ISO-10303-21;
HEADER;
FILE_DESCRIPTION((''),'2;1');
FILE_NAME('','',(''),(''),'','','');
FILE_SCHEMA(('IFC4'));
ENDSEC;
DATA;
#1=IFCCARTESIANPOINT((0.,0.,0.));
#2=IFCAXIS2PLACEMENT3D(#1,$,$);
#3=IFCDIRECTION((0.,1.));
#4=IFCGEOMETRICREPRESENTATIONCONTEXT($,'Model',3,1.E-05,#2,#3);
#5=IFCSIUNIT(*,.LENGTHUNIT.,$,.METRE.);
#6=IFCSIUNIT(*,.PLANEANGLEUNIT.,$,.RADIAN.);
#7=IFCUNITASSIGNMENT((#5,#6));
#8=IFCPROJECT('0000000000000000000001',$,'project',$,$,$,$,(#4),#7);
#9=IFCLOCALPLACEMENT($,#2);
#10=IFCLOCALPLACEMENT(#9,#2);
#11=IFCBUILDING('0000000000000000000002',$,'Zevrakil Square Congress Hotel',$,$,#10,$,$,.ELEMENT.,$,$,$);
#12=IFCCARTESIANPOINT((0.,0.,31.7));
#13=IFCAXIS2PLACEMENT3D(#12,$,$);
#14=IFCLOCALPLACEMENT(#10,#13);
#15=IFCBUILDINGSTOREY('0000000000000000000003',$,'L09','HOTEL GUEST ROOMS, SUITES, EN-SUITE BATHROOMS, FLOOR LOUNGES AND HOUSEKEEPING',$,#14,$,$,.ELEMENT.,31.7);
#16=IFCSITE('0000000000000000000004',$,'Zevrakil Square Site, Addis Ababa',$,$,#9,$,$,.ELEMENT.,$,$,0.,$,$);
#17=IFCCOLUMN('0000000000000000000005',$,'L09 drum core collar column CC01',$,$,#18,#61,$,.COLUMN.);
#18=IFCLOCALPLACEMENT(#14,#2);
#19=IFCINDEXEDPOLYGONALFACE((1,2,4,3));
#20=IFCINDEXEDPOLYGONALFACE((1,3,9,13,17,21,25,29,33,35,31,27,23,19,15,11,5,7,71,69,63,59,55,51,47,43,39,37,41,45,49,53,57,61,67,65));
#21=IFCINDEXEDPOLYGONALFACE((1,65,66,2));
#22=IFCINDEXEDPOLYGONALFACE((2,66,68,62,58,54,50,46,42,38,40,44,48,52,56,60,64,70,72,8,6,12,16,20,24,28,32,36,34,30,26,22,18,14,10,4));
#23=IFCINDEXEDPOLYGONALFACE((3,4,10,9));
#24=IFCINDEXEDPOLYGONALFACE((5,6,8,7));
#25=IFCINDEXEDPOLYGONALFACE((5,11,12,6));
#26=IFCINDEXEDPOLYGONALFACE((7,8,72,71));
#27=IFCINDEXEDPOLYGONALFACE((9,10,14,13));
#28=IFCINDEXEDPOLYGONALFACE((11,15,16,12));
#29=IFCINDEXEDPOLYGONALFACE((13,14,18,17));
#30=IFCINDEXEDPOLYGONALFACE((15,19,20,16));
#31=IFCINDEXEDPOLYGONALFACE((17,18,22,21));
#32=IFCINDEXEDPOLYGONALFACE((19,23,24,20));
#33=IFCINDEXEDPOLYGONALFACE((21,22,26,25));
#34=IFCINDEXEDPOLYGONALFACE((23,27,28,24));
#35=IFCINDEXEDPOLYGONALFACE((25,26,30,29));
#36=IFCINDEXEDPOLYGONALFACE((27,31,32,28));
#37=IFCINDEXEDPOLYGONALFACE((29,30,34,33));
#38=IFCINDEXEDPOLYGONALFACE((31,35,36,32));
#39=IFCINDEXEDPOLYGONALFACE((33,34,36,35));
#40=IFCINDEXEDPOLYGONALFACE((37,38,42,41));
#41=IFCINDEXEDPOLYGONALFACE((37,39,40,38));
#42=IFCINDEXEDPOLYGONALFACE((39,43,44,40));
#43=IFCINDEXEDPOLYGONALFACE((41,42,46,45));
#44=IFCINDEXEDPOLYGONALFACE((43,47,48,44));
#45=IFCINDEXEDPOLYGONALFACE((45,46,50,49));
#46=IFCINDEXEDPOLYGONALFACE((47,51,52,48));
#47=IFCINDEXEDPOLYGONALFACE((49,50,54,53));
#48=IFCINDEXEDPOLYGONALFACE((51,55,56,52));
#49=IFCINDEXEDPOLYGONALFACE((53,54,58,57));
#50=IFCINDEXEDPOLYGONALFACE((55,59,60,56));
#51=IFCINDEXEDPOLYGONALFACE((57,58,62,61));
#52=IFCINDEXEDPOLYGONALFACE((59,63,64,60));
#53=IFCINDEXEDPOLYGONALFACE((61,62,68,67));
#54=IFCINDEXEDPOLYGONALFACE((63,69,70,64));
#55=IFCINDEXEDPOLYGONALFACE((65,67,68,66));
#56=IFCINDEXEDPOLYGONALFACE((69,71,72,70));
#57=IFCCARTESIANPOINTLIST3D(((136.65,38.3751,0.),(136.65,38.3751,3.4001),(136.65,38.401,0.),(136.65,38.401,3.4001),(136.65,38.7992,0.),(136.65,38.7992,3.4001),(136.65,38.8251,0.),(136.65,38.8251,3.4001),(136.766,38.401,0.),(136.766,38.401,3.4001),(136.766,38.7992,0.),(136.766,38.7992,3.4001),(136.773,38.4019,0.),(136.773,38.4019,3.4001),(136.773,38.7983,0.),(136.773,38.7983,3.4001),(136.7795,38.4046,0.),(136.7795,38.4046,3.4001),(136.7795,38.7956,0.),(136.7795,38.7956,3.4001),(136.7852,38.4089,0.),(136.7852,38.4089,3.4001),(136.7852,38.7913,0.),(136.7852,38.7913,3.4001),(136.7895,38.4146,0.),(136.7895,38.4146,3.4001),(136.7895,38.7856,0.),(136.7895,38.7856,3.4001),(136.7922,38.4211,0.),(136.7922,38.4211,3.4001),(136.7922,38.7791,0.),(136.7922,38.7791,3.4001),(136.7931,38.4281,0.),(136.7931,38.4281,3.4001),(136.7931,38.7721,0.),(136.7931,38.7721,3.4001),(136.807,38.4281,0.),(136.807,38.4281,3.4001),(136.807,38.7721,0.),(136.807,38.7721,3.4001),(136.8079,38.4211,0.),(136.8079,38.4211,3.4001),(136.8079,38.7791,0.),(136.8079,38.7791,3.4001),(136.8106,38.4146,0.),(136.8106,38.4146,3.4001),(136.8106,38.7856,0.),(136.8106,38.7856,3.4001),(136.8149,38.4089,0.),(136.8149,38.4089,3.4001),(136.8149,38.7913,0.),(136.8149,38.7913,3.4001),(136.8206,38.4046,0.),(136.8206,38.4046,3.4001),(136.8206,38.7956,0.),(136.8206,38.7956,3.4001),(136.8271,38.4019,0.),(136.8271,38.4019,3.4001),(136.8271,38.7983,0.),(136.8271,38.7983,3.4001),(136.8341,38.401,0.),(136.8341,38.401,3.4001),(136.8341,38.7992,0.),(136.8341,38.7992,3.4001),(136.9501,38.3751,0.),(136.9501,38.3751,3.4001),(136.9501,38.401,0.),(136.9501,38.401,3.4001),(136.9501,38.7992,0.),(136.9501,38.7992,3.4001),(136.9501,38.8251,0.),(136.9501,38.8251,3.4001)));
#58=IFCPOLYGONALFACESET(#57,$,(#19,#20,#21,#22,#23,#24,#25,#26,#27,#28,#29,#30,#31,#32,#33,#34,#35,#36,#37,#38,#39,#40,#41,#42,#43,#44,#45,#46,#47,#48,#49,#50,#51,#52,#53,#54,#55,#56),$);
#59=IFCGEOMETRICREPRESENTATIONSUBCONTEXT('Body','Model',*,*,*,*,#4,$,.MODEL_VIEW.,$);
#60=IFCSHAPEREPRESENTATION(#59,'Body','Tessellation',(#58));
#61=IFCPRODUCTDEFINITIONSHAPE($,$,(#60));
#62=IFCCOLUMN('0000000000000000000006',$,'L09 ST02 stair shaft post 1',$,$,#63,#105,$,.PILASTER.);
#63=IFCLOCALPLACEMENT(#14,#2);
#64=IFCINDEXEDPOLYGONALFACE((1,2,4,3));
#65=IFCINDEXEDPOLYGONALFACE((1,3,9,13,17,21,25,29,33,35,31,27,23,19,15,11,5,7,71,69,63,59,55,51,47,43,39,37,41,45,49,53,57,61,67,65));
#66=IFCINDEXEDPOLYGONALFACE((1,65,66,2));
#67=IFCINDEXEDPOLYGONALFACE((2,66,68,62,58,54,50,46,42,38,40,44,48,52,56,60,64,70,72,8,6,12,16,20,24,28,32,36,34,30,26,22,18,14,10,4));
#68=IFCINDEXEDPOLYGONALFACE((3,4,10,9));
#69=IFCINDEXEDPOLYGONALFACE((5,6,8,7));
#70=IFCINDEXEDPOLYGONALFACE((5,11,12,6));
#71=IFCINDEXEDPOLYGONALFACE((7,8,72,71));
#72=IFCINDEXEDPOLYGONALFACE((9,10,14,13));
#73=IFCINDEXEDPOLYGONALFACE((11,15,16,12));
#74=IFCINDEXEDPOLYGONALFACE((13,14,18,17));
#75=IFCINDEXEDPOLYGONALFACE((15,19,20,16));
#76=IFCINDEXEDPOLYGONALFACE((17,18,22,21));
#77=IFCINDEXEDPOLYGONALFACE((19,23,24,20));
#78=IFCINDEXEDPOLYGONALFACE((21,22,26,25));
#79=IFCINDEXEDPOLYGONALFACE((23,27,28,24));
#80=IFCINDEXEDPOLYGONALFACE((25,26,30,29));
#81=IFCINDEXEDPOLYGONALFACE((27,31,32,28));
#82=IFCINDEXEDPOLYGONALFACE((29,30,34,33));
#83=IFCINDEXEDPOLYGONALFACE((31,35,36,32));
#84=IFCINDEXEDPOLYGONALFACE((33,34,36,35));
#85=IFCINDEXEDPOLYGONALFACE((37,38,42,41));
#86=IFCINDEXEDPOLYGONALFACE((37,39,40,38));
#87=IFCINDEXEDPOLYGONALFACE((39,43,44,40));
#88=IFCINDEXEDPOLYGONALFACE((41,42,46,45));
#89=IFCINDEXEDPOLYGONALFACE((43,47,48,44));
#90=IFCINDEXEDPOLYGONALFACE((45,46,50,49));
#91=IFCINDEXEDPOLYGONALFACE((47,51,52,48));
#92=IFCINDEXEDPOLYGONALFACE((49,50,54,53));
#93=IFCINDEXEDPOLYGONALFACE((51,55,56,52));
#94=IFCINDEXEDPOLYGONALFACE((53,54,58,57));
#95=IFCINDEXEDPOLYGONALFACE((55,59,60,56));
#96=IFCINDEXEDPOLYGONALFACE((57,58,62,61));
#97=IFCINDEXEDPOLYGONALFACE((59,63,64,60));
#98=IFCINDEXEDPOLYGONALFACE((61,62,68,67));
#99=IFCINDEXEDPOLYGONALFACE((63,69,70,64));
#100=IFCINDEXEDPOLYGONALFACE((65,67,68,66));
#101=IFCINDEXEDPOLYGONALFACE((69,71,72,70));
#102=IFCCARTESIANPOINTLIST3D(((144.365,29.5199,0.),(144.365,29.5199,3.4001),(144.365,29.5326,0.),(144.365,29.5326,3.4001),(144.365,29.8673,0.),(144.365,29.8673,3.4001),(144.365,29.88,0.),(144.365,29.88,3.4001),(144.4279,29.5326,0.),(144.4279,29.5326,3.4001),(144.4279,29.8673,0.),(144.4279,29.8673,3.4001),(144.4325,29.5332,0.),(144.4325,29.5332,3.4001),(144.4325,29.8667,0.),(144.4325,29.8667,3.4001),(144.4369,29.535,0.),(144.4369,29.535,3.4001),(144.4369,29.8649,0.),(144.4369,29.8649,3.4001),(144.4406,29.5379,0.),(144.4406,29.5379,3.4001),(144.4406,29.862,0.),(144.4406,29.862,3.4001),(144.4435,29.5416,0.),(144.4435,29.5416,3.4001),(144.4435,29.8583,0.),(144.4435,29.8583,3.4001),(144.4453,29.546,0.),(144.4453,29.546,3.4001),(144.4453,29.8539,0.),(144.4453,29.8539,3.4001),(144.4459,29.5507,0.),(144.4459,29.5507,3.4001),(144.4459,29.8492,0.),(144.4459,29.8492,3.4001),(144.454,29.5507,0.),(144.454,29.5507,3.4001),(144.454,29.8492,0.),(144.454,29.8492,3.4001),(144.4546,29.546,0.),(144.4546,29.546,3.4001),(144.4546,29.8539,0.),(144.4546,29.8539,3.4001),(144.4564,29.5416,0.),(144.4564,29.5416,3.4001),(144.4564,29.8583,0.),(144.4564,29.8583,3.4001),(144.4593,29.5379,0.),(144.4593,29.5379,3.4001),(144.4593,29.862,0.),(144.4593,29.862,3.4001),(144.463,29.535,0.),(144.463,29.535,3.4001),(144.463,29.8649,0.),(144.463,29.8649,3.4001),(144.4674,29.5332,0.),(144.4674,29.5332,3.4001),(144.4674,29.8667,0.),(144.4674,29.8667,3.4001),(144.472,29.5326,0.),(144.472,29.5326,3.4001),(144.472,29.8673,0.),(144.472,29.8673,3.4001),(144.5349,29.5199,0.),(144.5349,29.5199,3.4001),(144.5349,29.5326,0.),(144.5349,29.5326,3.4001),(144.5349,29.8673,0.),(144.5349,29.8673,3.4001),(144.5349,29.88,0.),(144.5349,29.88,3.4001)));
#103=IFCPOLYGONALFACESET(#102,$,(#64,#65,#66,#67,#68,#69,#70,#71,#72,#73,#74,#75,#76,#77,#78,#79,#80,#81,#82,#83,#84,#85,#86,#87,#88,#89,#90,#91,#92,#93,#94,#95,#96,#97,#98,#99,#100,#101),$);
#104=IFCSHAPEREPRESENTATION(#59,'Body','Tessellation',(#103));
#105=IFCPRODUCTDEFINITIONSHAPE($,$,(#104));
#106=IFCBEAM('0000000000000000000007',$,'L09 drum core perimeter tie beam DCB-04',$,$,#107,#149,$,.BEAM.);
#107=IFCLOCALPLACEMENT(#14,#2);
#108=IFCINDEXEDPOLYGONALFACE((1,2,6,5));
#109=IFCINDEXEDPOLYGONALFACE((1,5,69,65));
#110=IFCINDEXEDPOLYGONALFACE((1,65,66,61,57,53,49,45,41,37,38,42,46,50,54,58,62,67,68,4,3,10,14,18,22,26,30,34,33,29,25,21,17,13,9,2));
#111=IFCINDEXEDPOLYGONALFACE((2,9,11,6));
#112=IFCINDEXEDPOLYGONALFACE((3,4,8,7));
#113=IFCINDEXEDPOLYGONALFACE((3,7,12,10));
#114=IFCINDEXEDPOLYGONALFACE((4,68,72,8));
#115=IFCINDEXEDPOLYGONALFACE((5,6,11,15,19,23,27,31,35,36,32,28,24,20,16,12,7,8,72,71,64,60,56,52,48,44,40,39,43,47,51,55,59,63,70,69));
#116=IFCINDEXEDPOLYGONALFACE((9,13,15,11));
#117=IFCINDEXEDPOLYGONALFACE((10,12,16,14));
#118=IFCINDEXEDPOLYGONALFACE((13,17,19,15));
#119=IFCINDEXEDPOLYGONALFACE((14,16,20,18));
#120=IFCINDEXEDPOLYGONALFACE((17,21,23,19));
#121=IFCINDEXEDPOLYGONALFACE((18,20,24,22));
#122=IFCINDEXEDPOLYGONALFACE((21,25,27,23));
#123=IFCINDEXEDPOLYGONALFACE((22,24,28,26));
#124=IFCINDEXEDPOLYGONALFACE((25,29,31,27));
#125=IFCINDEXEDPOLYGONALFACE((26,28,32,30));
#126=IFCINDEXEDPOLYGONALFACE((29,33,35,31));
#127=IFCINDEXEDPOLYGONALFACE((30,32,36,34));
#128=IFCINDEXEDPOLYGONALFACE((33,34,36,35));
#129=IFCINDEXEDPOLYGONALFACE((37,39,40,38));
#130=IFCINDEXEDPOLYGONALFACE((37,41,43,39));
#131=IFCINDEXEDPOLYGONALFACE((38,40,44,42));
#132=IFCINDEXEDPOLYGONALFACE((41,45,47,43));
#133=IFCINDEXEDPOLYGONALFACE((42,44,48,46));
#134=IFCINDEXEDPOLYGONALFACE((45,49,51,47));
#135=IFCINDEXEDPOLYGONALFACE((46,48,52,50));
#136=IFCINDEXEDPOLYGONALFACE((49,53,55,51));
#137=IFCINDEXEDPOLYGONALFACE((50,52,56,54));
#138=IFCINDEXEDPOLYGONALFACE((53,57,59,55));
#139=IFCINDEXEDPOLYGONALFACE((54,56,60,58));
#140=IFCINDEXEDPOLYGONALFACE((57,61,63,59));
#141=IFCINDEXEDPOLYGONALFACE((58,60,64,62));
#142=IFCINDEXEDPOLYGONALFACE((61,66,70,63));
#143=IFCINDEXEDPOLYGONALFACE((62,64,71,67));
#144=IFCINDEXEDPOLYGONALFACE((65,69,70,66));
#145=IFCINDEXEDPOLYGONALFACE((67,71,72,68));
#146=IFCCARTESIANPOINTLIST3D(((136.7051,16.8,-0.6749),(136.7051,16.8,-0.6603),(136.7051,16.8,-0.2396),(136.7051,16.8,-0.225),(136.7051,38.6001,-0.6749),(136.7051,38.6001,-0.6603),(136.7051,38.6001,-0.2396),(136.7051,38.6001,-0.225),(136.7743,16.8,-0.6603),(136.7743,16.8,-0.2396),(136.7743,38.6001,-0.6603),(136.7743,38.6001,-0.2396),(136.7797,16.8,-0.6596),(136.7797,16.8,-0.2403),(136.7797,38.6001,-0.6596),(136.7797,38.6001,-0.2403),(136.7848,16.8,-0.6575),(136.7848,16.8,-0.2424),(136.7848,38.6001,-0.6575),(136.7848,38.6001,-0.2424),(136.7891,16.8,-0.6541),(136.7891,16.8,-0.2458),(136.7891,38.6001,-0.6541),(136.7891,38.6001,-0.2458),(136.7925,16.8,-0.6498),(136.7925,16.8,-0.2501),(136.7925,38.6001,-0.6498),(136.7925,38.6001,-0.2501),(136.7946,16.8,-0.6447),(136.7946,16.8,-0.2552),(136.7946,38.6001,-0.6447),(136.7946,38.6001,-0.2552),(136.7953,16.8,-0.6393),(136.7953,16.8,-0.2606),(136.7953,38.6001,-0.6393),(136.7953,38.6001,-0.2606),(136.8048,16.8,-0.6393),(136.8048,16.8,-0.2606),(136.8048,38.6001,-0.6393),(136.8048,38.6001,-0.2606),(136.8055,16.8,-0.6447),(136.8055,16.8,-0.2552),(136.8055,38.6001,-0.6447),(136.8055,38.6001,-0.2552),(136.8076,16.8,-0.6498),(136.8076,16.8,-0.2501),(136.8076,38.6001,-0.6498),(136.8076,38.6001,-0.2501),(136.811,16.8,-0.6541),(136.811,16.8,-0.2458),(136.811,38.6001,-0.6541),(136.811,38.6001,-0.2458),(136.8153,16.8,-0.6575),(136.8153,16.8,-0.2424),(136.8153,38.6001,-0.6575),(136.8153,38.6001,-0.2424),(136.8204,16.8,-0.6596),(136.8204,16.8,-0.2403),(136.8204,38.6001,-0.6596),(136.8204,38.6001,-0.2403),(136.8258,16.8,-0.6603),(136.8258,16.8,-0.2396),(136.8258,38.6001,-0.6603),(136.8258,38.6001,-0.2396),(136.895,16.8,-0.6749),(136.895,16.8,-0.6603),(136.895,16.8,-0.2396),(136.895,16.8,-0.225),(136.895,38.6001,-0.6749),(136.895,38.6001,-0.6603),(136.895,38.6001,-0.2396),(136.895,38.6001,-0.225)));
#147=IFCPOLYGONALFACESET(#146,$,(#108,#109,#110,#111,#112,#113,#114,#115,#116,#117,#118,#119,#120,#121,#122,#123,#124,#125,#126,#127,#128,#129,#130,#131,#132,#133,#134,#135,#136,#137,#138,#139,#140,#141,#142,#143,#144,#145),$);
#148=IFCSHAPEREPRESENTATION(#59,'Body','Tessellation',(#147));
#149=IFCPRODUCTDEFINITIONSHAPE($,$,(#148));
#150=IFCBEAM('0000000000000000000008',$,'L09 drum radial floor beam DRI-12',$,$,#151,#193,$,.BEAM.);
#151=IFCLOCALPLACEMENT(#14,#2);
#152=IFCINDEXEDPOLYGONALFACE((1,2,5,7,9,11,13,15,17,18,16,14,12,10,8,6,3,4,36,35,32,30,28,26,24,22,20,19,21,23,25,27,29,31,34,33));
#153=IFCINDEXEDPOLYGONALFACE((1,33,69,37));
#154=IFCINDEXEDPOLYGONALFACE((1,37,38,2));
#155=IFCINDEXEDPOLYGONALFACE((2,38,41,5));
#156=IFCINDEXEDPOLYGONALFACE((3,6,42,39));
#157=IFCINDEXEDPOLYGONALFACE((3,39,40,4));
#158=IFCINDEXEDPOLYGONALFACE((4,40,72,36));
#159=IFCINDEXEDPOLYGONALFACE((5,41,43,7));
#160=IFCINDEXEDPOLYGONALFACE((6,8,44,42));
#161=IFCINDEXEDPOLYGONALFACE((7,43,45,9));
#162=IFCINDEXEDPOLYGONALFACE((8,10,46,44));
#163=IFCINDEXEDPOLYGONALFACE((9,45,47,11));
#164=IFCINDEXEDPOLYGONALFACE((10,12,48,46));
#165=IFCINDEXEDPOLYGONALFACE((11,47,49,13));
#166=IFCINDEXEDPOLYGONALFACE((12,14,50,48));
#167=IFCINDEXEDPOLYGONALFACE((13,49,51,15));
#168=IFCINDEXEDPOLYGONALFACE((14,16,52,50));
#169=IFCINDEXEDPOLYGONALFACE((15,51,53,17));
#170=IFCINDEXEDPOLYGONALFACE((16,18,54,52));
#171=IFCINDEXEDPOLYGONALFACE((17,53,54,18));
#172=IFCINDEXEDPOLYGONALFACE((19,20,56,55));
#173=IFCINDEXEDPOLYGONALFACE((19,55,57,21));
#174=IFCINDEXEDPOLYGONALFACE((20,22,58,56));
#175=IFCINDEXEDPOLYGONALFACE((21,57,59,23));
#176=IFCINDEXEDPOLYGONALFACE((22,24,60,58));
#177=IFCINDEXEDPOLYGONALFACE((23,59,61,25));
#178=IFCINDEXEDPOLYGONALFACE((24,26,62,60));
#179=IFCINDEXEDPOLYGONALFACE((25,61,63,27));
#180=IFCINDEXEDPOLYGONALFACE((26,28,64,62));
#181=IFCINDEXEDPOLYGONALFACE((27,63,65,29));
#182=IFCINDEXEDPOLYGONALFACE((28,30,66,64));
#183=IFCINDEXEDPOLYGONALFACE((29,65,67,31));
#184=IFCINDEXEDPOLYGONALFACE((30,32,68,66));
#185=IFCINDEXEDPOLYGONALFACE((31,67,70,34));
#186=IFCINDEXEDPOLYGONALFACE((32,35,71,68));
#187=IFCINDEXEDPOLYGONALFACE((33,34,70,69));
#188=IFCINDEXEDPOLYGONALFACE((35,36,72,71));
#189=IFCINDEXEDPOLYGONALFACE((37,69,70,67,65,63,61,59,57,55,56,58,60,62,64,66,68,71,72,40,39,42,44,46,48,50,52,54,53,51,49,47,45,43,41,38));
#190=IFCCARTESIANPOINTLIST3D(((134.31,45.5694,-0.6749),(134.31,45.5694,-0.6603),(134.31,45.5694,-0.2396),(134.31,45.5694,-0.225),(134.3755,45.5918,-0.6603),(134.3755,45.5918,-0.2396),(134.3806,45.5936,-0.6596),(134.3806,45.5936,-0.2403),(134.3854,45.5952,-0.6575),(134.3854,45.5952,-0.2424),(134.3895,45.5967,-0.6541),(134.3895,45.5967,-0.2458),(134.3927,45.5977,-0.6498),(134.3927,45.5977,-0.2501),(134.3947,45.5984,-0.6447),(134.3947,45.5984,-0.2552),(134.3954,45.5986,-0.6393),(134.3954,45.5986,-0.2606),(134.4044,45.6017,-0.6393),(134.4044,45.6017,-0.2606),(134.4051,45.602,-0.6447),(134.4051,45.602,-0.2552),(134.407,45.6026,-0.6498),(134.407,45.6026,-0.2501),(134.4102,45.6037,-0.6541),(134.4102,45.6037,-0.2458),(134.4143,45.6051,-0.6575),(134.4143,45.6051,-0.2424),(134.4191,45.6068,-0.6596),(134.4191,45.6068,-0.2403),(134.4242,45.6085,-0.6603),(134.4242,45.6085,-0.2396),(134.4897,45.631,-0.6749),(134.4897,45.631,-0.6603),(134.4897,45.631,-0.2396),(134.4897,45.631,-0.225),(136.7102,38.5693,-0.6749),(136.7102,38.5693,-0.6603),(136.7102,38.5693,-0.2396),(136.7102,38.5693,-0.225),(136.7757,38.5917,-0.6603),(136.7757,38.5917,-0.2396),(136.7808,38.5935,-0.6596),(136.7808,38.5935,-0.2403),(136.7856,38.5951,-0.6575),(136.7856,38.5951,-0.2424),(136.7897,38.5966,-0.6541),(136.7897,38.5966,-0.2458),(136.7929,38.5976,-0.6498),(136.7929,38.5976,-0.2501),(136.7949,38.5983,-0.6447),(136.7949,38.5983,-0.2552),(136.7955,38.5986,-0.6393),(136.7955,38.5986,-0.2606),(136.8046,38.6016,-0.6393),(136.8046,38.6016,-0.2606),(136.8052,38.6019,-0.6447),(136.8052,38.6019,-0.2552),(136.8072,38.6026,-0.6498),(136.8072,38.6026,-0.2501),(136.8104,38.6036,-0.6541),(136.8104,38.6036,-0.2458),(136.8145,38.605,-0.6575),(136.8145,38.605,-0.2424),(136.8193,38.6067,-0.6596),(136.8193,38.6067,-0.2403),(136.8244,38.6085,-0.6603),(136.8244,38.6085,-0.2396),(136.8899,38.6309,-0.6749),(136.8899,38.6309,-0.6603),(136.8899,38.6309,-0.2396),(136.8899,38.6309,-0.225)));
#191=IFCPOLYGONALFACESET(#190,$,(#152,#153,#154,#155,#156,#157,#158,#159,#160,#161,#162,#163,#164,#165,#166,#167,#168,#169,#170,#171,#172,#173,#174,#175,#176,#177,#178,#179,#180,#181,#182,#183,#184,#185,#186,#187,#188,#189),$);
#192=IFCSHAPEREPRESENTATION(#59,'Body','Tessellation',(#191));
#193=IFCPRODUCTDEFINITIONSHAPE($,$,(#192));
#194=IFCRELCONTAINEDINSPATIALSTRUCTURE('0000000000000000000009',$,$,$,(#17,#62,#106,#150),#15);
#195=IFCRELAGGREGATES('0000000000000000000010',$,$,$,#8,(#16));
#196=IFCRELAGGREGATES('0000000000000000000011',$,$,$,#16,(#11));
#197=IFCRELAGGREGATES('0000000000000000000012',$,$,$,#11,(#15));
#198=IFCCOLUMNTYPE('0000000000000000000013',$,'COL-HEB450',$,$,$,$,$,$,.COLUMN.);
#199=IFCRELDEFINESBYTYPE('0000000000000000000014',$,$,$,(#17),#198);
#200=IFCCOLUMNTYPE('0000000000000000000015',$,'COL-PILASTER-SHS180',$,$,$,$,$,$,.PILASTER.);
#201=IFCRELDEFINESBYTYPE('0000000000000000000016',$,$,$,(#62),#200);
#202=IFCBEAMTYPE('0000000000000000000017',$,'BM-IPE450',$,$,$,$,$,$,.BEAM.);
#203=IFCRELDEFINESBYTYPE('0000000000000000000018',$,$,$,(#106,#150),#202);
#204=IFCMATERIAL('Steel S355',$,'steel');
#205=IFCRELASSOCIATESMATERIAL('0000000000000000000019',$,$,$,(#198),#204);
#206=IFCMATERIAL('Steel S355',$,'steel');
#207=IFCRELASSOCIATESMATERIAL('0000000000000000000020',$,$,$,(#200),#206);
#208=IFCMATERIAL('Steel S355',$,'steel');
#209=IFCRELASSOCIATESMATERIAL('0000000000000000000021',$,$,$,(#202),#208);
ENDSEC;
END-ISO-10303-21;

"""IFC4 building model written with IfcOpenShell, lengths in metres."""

from ifc_helpers import new_model, si_unit, direction, frame, origin, origin_2d, place, context, subcontext, project, spatial, i_section, extrude, material, material_profile, profile_set, type_object, element, save


model = new_model("IFC4")

# Units and contexts
model_context = context("Model", 3, precision=1e-05, world=origin(), true_north=direction((0.0, 1.0)))
body_context = subcontext(model_context, "Body", "Model", "MODEL_VIEW")
ifc_project = project(units=[si_unit("LENGTHUNIT", "METRE"), si_unit("PLANEANGLEUNIT", "RADIAN")], contexts=[model_context])

# Site, building, storey
site_placement = place(None, origin())
site = spatial("IfcSite", under=ifc_project, at=site_placement, Name="Zevrakil Square Site, Addis Ababa", CompositionType="ELEMENT", RefElevation=0.0)
building_placement = place(site_placement, origin())
building = spatial("IfcBuilding", under=site, at=building_placement, Name="Zevrakil Square Congress Hotel", CompositionType="ELEMENT")
storey_placement = place(building_placement, frame((0.0, 0.0, 31.7)))
storey = spatial("IfcBuildingStorey", under=building, at=storey_placement, Name="L09", Description="HOTEL GUEST ROOMS, SUITES, EN-SUITE BATHROOMS, FLOOR LOUNGES AND HOUSEKEEPING", CompositionType="ELEMENT", Elevation=31.7)

# Columns
ifc_material_1 = material(Name="Steel S355", Category="steel")
ifc_material_profile_1 = material_profile(ifc_material_1, i_section(OverallWidth=0.3, OverallDepth=0.45, WebThickness=0.0139, FlangeThickness=0.0259, FilletRadius=0.0271, at=origin_2d()), Name="HEB 450")
ifc_profile_set_1 = profile_set([ifc_material_profile_1], Name="Steel S355")
column_type_1 = type_object("IfcColumnType", Name="COL-HEB450", PredefinedType="COLUMN", material=ifc_profile_set_1)
column_1_placement = place(storey_placement, frame((136.8, 38.6001, 0.0), z_axis=(0.0, 0.0, 1.0), x_axis=(1.0, 0.0, 0.0)))
element("IfcColumn", 1, at=column_1_placement, inside=storey, type_object=column_type_1, Name="L09 drum core collar column CC01", PredefinedType="COLUMN", context=body_context, shape_type="SweptSolid", body=[
    extrude(i_section(OverallWidth=0.3, OverallDepth=0.45, WebThickness=0.0139, FlangeThickness=0.0259, FilletRadius=0.0271, at=origin_2d()), origin(), (0.0, 0.0, 1.0), 3.4001),
])
ifc_material_2 = material(Name="Steel S355", Category="steel")
ifc_material_profile_2 = material_profile(ifc_material_2, i_section(OverallWidth=0.1699, OverallDepth=0.3601, WebThickness=0.0081, FlangeThickness=0.0127, FilletRadius=0.0181, at=origin_2d()), Name="IPE 360")
ifc_profile_set_2 = profile_set([ifc_material_profile_2], Name="Steel S355")
column_type_2 = type_object("IfcColumnType", Name="COL-PILASTER-SHS180", PredefinedType="PILASTER", material=ifc_profile_set_2)
column_2_placement = place(storey_placement, frame((144.45, 29.7, 0.0), z_axis=(0.0, 0.0, 1.0), x_axis=(1.0, 0.0, 0.0)))
element("IfcColumn", 2, at=column_2_placement, inside=storey, type_object=column_type_2, Name="L09 ST02 stair shaft post 1", PredefinedType="PILASTER", context=body_context, shape_type="SweptSolid", body=[
    extrude(i_section(OverallWidth=0.1699, OverallDepth=0.3601, WebThickness=0.0081, FlangeThickness=0.0127, FilletRadius=0.0181, at=origin_2d()), origin(), (0.0, 0.0, 1.0), 3.4001),
])

# Beams
ifc_material_3 = material(Name="Steel S355", Category="steel")
ifc_material_profile_3 = material_profile(ifc_material_3, i_section(OverallWidth=0.1899, OverallDepth=0.45, WebThickness=0.0095, FlangeThickness=0.0146, FilletRadius=0.021, at=origin_2d()), Name="IPE 450")
ifc_profile_set_3 = profile_set([ifc_material_profile_3], Name="Steel S355")
beam_type = type_object("IfcBeamType", Name="BM-IPE450", PredefinedType="BEAM", material=ifc_profile_set_3)
beam_1_placement = place(storey_placement, frame((136.8, 38.6001, -0.45), z_axis=(0.0, -1.0, 0.0), x_axis=(1.0, 0.0, 0.0)))
element("IfcBeam", 3, at=beam_1_placement, inside=storey, type_object=beam_type, Name="L09 drum core perimeter tie beam DCB-04", PredefinedType="BEAM", context=body_context, shape_type="SweptSolid", body=[
    extrude(i_section(OverallWidth=0.1899, OverallDepth=0.45, WebThickness=0.0095, FlangeThickness=0.0146, FilletRadius=0.021, at=origin_2d()), origin(), (0.0, 0.0, 1.0), 21.8),
])
beam_2_placement = place(storey_placement, frame((136.8, 38.6001, -0.45), z_axis=(-0.324342, 0.94594, 0.0), x_axis=(-0.94594, -0.324342, 0.0)))
element("IfcBeam", 4, at=beam_2_placement, inside=storey, type_object=beam_type, Name="L09 drum radial floor beam DRI-12", PredefinedType="BEAM", context=body_context, shape_type="SweptSolid", body=[
    extrude(i_section(OverallWidth=0.1899, OverallDepth=0.45, WebThickness=0.0095, FlangeThickness=0.0146, FilletRadius=0.021, at=origin_2d()), origin(), (0.0, 0.0, 1.0), 7.4001),
])

save(model, "model.ifc")
